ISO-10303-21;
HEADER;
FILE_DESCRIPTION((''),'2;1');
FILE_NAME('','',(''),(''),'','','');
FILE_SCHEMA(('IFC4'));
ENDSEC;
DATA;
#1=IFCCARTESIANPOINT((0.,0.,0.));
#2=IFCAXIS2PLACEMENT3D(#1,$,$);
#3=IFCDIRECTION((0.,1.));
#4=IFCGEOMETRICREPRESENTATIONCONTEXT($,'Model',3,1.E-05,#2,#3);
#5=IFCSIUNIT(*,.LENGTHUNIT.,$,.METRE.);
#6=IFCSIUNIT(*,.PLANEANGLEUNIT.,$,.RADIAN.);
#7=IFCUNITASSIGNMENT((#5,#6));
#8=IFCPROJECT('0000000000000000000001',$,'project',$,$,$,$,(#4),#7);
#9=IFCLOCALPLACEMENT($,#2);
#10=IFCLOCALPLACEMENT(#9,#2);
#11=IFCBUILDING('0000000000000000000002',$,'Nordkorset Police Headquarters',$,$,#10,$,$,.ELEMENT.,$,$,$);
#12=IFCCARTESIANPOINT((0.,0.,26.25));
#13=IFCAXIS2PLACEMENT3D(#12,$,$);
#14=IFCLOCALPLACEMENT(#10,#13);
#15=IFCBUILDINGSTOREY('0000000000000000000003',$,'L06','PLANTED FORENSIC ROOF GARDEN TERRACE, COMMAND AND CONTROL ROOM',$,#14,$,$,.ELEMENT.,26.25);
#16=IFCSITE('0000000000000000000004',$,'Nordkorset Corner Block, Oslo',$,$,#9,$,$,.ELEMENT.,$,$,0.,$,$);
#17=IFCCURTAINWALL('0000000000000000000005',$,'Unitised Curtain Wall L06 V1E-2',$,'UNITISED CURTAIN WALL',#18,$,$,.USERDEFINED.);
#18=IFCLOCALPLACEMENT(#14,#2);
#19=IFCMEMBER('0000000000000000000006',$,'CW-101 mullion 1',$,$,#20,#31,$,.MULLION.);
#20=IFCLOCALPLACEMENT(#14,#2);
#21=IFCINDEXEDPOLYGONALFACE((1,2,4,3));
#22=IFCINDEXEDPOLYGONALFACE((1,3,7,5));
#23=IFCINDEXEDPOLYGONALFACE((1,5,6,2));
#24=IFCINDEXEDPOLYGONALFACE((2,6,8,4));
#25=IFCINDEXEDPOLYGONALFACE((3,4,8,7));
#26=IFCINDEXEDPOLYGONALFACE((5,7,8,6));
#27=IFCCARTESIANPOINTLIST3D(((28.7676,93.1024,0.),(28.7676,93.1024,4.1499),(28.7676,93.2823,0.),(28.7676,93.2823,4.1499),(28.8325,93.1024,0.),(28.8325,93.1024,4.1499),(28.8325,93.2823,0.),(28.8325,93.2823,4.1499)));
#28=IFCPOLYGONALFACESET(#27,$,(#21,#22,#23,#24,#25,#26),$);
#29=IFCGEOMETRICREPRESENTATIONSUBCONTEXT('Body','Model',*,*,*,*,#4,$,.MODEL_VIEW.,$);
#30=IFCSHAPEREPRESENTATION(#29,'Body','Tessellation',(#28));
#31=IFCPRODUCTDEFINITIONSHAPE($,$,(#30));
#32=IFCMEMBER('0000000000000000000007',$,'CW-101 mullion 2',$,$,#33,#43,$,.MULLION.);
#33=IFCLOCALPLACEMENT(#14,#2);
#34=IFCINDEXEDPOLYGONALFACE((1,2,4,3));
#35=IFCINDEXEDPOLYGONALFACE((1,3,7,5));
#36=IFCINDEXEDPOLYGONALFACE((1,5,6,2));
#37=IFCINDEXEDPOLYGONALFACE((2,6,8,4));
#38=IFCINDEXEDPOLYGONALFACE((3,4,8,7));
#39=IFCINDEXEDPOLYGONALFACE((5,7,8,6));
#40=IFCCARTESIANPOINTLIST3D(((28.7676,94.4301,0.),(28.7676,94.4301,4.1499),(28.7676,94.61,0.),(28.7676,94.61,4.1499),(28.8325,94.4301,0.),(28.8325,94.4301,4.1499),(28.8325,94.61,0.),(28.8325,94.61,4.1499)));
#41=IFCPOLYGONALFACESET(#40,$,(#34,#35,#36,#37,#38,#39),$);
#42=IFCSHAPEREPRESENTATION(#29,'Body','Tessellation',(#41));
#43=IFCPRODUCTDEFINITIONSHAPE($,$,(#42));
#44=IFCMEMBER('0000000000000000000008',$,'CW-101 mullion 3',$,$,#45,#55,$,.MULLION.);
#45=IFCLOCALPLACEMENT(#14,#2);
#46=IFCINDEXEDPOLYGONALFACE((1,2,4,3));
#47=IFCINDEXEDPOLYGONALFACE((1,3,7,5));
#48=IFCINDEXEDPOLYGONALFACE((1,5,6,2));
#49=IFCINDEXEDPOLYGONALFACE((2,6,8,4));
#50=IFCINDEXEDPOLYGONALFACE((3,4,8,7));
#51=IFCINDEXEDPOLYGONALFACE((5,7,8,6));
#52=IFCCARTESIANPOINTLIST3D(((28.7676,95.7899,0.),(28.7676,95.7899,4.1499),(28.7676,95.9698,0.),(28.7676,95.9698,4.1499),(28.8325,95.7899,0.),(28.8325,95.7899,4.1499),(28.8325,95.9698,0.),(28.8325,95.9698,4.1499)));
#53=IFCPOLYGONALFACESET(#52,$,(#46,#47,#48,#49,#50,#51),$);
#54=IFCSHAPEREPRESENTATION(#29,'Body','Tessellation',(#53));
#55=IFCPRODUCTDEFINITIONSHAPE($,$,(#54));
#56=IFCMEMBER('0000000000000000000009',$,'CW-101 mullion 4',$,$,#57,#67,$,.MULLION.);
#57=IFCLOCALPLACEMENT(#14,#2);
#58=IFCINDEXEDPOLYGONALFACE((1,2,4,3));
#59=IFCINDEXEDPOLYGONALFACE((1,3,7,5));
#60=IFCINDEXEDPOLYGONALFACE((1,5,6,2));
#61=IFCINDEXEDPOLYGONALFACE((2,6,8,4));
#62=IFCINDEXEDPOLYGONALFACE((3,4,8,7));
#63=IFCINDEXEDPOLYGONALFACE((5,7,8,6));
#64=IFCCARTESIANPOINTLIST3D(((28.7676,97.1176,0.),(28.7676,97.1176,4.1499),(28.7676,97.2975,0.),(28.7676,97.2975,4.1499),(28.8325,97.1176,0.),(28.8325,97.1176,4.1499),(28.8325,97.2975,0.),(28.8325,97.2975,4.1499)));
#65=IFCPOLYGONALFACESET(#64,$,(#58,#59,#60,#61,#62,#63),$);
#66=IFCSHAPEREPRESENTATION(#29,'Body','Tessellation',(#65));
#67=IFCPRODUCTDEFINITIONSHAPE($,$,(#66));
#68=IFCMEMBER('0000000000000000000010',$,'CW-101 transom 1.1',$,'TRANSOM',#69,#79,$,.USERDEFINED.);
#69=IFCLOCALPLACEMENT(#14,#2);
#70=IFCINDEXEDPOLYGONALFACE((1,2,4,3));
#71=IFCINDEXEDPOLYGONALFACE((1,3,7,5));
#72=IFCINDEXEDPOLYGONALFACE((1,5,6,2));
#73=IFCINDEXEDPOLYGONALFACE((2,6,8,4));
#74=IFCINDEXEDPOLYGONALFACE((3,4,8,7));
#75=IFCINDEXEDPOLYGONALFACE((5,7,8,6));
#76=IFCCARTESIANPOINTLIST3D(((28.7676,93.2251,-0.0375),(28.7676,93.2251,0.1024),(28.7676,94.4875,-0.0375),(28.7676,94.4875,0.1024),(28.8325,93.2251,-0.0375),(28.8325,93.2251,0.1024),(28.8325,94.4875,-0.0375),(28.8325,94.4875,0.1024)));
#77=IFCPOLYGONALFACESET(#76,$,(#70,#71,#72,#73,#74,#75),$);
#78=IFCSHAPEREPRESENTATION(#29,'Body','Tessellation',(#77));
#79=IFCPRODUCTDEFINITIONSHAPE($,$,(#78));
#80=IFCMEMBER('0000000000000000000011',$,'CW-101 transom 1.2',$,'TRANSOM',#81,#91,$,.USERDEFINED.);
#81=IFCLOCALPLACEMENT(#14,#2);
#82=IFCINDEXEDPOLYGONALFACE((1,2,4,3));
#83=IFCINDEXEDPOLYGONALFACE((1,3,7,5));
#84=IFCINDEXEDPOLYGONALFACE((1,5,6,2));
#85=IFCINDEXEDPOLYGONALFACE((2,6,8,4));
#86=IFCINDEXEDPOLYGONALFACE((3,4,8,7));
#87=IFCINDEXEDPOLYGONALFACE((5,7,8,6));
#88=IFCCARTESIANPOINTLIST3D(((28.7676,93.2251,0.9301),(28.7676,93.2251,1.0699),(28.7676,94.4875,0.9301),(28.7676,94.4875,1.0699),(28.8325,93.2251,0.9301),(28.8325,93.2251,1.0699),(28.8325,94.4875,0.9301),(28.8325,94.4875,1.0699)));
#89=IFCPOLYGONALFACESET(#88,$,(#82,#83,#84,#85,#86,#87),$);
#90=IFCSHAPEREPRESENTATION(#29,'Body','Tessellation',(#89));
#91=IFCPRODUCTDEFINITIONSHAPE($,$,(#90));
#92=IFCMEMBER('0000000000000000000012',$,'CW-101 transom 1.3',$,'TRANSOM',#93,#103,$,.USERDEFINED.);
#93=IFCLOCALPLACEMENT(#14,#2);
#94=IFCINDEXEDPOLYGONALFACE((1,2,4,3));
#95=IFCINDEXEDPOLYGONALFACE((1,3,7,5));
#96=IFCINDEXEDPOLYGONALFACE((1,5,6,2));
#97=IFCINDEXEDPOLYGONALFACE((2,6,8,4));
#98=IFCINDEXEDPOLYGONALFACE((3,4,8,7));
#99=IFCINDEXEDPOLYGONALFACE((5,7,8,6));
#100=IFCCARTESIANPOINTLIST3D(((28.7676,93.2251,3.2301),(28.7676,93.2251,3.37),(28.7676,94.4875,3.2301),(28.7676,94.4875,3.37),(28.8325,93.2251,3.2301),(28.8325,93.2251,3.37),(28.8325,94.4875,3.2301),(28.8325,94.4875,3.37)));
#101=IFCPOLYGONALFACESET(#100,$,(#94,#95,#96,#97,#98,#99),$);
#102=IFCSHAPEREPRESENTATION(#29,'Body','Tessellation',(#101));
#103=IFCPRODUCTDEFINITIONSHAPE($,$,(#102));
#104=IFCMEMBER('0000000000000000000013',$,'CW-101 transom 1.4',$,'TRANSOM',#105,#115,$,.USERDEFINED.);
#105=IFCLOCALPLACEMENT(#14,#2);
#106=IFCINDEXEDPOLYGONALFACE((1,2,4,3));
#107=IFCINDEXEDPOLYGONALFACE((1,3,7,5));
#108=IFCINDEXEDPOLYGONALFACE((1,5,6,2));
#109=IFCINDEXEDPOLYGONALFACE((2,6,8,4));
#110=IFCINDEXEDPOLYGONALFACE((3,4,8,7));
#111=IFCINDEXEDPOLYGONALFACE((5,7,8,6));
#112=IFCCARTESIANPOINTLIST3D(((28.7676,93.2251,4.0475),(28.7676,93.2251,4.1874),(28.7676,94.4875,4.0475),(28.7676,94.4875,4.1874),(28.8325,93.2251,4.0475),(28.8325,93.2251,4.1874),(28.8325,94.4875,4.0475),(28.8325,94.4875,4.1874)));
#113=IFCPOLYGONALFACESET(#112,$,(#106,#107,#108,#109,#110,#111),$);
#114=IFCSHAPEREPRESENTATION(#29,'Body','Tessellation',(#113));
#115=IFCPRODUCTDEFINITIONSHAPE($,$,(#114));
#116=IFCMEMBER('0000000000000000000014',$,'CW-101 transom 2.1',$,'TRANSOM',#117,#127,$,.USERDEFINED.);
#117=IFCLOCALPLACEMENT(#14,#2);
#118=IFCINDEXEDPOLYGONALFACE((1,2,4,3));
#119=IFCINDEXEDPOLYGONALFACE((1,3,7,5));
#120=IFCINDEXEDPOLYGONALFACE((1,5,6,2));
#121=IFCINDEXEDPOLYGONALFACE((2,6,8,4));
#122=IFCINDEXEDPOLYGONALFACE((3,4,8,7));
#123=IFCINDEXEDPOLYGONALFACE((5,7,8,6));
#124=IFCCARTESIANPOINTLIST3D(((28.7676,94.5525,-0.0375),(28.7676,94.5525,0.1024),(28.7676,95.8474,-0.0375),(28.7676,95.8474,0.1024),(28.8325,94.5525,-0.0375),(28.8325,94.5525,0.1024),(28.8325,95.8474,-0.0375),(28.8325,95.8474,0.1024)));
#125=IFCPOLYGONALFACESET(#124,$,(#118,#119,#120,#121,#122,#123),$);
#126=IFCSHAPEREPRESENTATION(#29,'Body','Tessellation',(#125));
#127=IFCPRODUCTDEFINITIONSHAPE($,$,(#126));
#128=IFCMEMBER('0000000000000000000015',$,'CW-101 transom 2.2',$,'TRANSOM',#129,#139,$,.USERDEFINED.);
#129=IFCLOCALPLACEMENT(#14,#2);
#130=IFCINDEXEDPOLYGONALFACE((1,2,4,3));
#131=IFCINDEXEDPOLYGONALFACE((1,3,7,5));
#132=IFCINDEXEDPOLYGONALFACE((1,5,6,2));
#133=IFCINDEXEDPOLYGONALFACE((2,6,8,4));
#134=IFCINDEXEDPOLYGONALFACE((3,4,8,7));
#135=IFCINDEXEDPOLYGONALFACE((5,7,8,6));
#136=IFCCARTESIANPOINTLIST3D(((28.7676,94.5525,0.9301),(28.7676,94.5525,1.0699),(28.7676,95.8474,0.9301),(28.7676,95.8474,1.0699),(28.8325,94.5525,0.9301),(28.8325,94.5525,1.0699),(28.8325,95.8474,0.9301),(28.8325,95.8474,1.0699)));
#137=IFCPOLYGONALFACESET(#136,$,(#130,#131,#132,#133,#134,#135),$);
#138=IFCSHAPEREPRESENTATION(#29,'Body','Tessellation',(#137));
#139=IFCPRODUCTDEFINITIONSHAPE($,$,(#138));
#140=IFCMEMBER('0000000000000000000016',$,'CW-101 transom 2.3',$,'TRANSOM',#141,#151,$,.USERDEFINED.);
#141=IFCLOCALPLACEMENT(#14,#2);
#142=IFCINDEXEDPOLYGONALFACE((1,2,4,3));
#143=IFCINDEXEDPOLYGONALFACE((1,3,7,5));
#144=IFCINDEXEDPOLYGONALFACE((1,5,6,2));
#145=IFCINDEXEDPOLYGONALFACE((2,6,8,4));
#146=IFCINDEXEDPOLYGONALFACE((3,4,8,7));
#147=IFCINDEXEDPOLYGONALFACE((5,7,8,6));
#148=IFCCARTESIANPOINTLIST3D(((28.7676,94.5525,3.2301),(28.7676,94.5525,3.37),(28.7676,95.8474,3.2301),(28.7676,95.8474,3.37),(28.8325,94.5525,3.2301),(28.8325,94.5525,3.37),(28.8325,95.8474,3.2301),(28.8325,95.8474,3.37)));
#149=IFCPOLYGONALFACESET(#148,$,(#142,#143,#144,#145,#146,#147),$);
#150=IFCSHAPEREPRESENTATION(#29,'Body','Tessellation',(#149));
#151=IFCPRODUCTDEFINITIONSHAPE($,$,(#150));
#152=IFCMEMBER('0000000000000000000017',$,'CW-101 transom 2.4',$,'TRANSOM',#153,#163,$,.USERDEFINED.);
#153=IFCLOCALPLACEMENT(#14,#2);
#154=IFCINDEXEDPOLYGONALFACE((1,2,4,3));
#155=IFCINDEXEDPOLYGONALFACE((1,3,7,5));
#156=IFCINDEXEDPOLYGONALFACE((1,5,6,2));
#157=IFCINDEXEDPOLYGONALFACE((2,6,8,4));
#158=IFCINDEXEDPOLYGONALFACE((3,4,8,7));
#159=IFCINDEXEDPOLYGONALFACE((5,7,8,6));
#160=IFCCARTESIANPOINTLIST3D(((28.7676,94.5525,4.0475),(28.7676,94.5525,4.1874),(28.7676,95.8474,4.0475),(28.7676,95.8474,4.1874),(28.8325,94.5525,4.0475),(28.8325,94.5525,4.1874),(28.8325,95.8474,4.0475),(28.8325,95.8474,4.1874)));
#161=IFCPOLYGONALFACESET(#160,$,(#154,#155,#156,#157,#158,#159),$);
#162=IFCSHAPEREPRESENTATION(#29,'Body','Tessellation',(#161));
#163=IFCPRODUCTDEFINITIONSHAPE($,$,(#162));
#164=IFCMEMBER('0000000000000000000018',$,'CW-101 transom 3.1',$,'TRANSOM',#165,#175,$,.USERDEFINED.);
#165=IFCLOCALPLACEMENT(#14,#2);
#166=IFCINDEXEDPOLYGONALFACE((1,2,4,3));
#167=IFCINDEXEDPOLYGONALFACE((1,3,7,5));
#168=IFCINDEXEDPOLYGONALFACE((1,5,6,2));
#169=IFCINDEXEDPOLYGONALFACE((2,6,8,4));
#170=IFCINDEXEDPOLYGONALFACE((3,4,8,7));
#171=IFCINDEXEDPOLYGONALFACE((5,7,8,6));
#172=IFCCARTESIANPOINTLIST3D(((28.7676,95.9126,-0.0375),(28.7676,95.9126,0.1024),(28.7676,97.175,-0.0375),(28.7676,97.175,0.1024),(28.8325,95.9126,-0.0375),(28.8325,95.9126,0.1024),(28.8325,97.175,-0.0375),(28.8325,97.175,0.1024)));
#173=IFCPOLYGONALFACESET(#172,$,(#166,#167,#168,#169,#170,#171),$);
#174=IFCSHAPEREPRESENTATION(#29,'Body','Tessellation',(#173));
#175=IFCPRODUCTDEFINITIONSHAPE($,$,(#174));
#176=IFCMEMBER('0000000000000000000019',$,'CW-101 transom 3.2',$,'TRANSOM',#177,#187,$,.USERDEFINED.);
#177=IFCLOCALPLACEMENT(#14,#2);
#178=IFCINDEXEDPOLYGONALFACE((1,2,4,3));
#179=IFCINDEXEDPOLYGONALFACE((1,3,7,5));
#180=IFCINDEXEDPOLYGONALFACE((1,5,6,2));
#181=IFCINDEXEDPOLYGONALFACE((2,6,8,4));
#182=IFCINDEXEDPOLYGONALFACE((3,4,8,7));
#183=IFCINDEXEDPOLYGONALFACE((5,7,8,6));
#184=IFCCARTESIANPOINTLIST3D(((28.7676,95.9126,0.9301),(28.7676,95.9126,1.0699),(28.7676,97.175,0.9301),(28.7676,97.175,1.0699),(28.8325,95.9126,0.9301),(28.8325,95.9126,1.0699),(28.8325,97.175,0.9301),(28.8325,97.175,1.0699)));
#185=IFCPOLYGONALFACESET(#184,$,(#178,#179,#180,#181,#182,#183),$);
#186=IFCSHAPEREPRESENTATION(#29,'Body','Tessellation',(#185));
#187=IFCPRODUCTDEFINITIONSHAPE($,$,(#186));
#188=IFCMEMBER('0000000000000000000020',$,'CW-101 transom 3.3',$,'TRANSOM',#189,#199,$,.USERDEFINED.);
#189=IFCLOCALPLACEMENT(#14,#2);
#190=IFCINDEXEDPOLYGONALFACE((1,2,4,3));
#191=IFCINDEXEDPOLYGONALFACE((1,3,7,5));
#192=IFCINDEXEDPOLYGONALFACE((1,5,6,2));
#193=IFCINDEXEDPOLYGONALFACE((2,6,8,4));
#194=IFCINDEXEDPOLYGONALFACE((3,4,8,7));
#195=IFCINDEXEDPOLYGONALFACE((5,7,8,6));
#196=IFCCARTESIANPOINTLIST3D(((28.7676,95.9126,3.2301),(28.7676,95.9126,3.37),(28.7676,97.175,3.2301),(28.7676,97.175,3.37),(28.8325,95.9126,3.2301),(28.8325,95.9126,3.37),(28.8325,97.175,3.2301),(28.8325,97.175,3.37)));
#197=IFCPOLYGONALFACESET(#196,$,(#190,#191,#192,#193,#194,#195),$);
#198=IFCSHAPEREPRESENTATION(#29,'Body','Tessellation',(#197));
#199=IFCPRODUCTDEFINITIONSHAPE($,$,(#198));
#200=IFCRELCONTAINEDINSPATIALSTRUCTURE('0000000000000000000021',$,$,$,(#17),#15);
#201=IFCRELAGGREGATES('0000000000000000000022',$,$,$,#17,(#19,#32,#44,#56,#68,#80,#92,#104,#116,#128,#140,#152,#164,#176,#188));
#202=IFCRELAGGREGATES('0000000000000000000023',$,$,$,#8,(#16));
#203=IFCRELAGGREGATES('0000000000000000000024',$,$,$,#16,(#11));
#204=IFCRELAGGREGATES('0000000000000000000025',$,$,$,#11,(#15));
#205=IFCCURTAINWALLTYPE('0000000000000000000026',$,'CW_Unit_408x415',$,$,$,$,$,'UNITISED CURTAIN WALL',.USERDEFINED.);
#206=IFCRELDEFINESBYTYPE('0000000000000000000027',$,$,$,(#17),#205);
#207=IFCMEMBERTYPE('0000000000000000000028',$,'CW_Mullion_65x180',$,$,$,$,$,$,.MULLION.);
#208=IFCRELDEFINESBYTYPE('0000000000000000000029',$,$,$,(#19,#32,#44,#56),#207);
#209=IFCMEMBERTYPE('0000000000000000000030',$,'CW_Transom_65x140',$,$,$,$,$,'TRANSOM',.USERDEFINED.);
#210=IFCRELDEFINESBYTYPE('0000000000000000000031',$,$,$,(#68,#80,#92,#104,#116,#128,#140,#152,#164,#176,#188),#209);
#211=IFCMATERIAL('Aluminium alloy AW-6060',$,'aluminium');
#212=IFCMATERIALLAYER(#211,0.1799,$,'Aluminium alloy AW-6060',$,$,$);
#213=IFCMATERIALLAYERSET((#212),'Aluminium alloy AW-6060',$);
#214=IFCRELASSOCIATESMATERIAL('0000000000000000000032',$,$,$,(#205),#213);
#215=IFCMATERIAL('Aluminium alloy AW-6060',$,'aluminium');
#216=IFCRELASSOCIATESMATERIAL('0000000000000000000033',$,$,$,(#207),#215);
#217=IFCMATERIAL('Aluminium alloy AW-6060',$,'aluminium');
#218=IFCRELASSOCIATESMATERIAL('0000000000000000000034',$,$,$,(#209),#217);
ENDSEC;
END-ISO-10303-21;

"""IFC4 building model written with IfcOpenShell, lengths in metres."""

from ifc_helpers import new_model, si_unit, direction, frame, origin, origin_2d, place, context, subcontext, project, spatial, rectangle, extrude, material, layer, layer_set, material_profile, profile_set, type_object, element, aggregate, save


model = new_model("IFC4")

# Units and contexts
model_context = context("Model", 3, precision=1e-05, world=origin(), true_north=direction((0.0, 1.0)))
body_context = subcontext(model_context, "Body", "Model", "MODEL_VIEW")
ifc_project = project(units=[si_unit("LENGTHUNIT", "METRE"), si_unit("PLANEANGLEUNIT", "RADIAN")], contexts=[model_context])

# Site, building, storey
site_placement = place(None, origin())
site = spatial("IfcSite", under=ifc_project, at=site_placement, Name="Nordkorset Corner Block, Oslo", CompositionType="ELEMENT", RefElevation=0.0)
building_placement = place(site_placement, origin())
building = spatial("IfcBuilding", under=site, at=building_placement, Name="Nordkorset Police Headquarters", CompositionType="ELEMENT")
storey_placement = place(building_placement, frame((0.0, 0.0, 26.25)))
storey = spatial("IfcBuildingStorey", under=building, at=storey_placement, Name="L06", Description="PLANTED FORENSIC ROOF GARDEN TERRACE, COMMAND AND CONTROL ROOM", CompositionType="ELEMENT", Elevation=26.25)

# Shared definitions
ifc_material_1 = material(Name="Aluminium alloy AW-6060", Category="aluminium")
ifc_layer_1 = layer(ifc_material_1, 0.1799, Name="Aluminium alloy AW-6060")
ifc_layer_set_1 = layer_set([ifc_layer_1], Name="Aluminium alloy AW-6060")
curtain_wall_type = type_object("IfcCurtainWallType", Name="CW_Unit_408x415", ElementType="UNITISED CURTAIN WALL", PredefinedType="USERDEFINED", material=ifc_layer_set_1)
ifc_material_2 = material(Name="Aluminium alloy AW-6060", Category="aluminium")
ifc_material_profile_1 = material_profile(ifc_material_2, rectangle(XDim=0.0649, YDim=0.1799, at=origin_2d()), Name="ALU MULL 65x180")
ifc_profile_set_1 = profile_set([ifc_material_profile_1], Name="Aluminium alloy AW-6060")
member_type_1 = type_object("IfcMemberType", Name="CW_Mullion_65x180", PredefinedType="MULLION", material=ifc_profile_set_1)

# Curtain wall, members
curtain_wall_1_placement = place(storey_placement, origin())
curtain_wall_1 = element("IfcCurtainWall", 1, at=curtain_wall_1_placement, inside=storey, type_object=curtain_wall_type, Name="Unitised Curtain Wall L06 V1E-2", ObjectType="UNITISED CURTAIN WALL", PredefinedType="USERDEFINED")
member_1_placement = place(storey_placement, frame((28.8, 93.1924, 0.0), z_axis=(0.0, 0.0, 1.0), x_axis=(-1.0, 0.0, 0.0)))
member_1 = element("IfcMember", 2, at=member_1_placement, type_object=member_type_1, Name="CW-101 mullion 1", PredefinedType="MULLION", context=body_context, shape_type="SweptSolid", body=[
    extrude(rectangle(XDim=0.0649, YDim=0.1799, at=origin_2d()), origin(), (0.0, 0.0, 1.0), 4.1499),
])
member_2_placement = place(storey_placement, frame((28.8, 94.52, 0.0), z_axis=(0.0, 0.0, 1.0), x_axis=(-1.0, 0.0, 0.0)))
member_2 = element("IfcMember", 3, at=member_2_placement, type_object=member_type_1, Name="CW-101 mullion 2", PredefinedType="MULLION", context=body_context, shape_type="SweptSolid", body=[
    extrude(rectangle(XDim=0.0649, YDim=0.1799, at=origin_2d()), origin(), (0.0, 0.0, 1.0), 4.1499),
])
member_3_placement = place(storey_placement, frame((28.8, 95.8799, 0.0), z_axis=(0.0, 0.0, 1.0), x_axis=(-1.0, 0.0, 0.0)))
member_3 = element("IfcMember", 4, at=member_3_placement, type_object=member_type_1, Name="CW-101 mullion 3", PredefinedType="MULLION", context=body_context, shape_type="SweptSolid", body=[
    extrude(rectangle(XDim=0.0649, YDim=0.1799, at=origin_2d()), origin(), (0.0, 0.0, 1.0), 4.1499),
])
member_4_placement = place(storey_placement, frame((28.8, 97.2075, 0.0), z_axis=(0.0, 0.0, 1.0), x_axis=(-1.0, 0.0, 0.0)))
member_4 = element("IfcMember", 5, at=member_4_placement, type_object=member_type_1, Name="CW-101 mullion 4", PredefinedType="MULLION", context=body_context, shape_type="SweptSolid", body=[
    extrude(rectangle(XDim=0.0649, YDim=0.1799, at=origin_2d()), origin(), (0.0, 0.0, 1.0), 4.1499),
])
ifc_material_3 = material(Name="Aluminium alloy AW-6060", Category="aluminium")
ifc_material_profile_2 = material_profile(ifc_material_3, rectangle(XDim=0.0649, YDim=0.1399, at=origin_2d()), Name="ALU TRAN 65x140")
ifc_profile_set_2 = profile_set([ifc_material_profile_2], Name="Aluminium alloy AW-6060")
member_type_2 = type_object("IfcMemberType", Name="CW_Transom_65x140", ElementType="TRANSOM", PredefinedType="USERDEFINED", material=ifc_profile_set_2)
member_5_placement = place(storey_placement, frame((28.8, 93.2251, 0.0325), z_axis=(0.0, 1.0, 0.0), x_axis=(-1.0, 0.0, 0.0)))
member_5 = element("IfcMember", 6, at=member_5_placement, type_object=member_type_2, Name="CW-101 transom 1.1", ObjectType="TRANSOM", PredefinedType="USERDEFINED", context=body_context, shape_type="SweptSolid", body=[
    extrude(rectangle(XDim=0.0649, YDim=0.1399, at=origin_2d()), origin(), (0.0, 0.0, 1.0), 1.2625),
])
member_6_placement = place(storey_placement, frame((28.8, 93.2251, 1.0), z_axis=(0.0, 1.0, 0.0), x_axis=(-1.0, 0.0, 0.0)))
member_6 = element("IfcMember", 7, at=member_6_placement, type_object=member_type_2, Name="CW-101 transom 1.2", ObjectType="TRANSOM", PredefinedType="USERDEFINED", context=body_context, shape_type="SweptSolid", body=[
    extrude(rectangle(XDim=0.0649, YDim=0.1399, at=origin_2d()), origin(), (0.0, 0.0, 1.0), 1.2625),
])
member_7_placement = place(storey_placement, frame((28.8, 93.2251, 3.3), z_axis=(0.0, 1.0, 0.0), x_axis=(-1.0, 0.0, 0.0)))
member_7 = element("IfcMember", 8, at=member_7_placement, type_object=member_type_2, Name="CW-101 transom 1.3", ObjectType="TRANSOM", PredefinedType="USERDEFINED", context=body_context, shape_type="SweptSolid", body=[
    extrude(rectangle(XDim=0.0649, YDim=0.1399, at=origin_2d()), origin(), (0.0, 0.0, 1.0), 1.2625),
])
member_8_placement = place(storey_placement, frame((28.8, 93.2251, 4.1174), z_axis=(0.0, 1.0, 0.0), x_axis=(-1.0, 0.0, 0.0)))
member_8 = element("IfcMember", 9, at=member_8_placement, type_object=member_type_2, Name="CW-101 transom 1.4", ObjectType="TRANSOM", PredefinedType="USERDEFINED", context=body_context, shape_type="SweptSolid", body=[
    extrude(rectangle(XDim=0.0649, YDim=0.1399, at=origin_2d()), origin(), (0.0, 0.0, 1.0), 1.2625),
])
member_9_placement = place(storey_placement, frame((28.8, 94.5525, 0.0325), z_axis=(0.0, 1.0, 0.0), x_axis=(-1.0, 0.0, 0.0)))
member_9 = element("IfcMember", 10, at=member_9_placement, type_object=member_type_2, Name="CW-101 transom 2.1", ObjectType="TRANSOM", PredefinedType="USERDEFINED", context=body_context, shape_type="SweptSolid", body=[
    extrude(rectangle(XDim=0.0649, YDim=0.1399, at=origin_2d()), origin(), (0.0, 0.0, 1.0), 1.2949),
])
member_10_placement = place(storey_placement, frame((28.8, 94.5525, 1.0), z_axis=(0.0, 1.0, 0.0), x_axis=(-1.0, 0.0, 0.0)))
member_10 = element("IfcMember", 11, at=member_10_placement, type_object=member_type_2, Name="CW-101 transom 2.2", ObjectType="TRANSOM", PredefinedType="USERDEFINED", context=body_context, shape_type="SweptSolid", body=[
    extrude(rectangle(XDim=0.0649, YDim=0.1399, at=origin_2d()), origin(), (0.0, 0.0, 1.0), 1.2949),
])
member_11_placement = place(storey_placement, frame((28.8, 94.5525, 3.3), z_axis=(0.0, 1.0, 0.0), x_axis=(-1.0, 0.0, 0.0)))
member_11 = element("IfcMember", 12, at=member_11_placement, type_object=member_type_2, Name="CW-101 transom 2.3", ObjectType="TRANSOM", PredefinedType="USERDEFINED", context=body_context, shape_type="SweptSolid", body=[
    extrude(rectangle(XDim=0.0649, YDim=0.1399, at=origin_2d()), origin(), (0.0, 0.0, 1.0), 1.2949),
])
member_12_placement = place(storey_placement, frame((28.8, 94.5525, 4.1174), z_axis=(0.0, 1.0, 0.0), x_axis=(-1.0, 0.0, 0.0)))
member_12 = element("IfcMember", 13, at=member_12_placement, type_object=member_type_2, Name="CW-101 transom 2.4", ObjectType="TRANSOM", PredefinedType="USERDEFINED", context=body_context, shape_type="SweptSolid", body=[
    extrude(rectangle(XDim=0.0649, YDim=0.1399, at=origin_2d()), origin(), (0.0, 0.0, 1.0), 1.2949),
])
member_13_placement = place(storey_placement, frame((28.8, 95.9126, 0.0325), z_axis=(0.0, 1.0, 0.0), x_axis=(-1.0, 0.0, 0.0)))
member_13 = element("IfcMember", 14, at=member_13_placement, type_object=member_type_2, Name="CW-101 transom 3.1", ObjectType="TRANSOM", PredefinedType="USERDEFINED", context=body_context, shape_type="SweptSolid", body=[
    extrude(rectangle(XDim=0.0649, YDim=0.1399, at=origin_2d()), origin(), (0.0, 0.0, 1.0), 1.2625),
])
member_14_placement = place(storey_placement, frame((28.8, 95.9126, 1.0), z_axis=(0.0, 1.0, 0.0), x_axis=(-1.0, 0.0, 0.0)))
member_14 = element("IfcMember", 15, at=member_14_placement, type_object=member_type_2, Name="CW-101 transom 3.2", ObjectType="TRANSOM", PredefinedType="USERDEFINED", context=body_context, shape_type="SweptSolid", body=[
    extrude(rectangle(XDim=0.0649, YDim=0.1399, at=origin_2d()), origin(), (0.0, 0.0, 1.0), 1.2625),
])
member_15_placement = place(storey_placement, frame((28.8, 95.9126, 3.3), z_axis=(0.0, 1.0, 0.0), x_axis=(-1.0, 0.0, 0.0)))
member_15 = element("IfcMember", 16, at=member_15_placement, type_object=member_type_2, Name="CW-101 transom 3.3", ObjectType="TRANSOM", PredefinedType="USERDEFINED", context=body_context, shape_type="SweptSolid", body=[
    extrude(rectangle(XDim=0.0649, YDim=0.1399, at=origin_2d()), origin(), (0.0, 0.0, 1.0), 1.2625),
])

aggregate(curtain_wall_1, [member_1, member_2, member_3, member_4, member_5, member_6, member_7, member_8, member_9, member_10, member_11, member_12, member_13, member_14, member_15])

save(model, "model.ifc")
